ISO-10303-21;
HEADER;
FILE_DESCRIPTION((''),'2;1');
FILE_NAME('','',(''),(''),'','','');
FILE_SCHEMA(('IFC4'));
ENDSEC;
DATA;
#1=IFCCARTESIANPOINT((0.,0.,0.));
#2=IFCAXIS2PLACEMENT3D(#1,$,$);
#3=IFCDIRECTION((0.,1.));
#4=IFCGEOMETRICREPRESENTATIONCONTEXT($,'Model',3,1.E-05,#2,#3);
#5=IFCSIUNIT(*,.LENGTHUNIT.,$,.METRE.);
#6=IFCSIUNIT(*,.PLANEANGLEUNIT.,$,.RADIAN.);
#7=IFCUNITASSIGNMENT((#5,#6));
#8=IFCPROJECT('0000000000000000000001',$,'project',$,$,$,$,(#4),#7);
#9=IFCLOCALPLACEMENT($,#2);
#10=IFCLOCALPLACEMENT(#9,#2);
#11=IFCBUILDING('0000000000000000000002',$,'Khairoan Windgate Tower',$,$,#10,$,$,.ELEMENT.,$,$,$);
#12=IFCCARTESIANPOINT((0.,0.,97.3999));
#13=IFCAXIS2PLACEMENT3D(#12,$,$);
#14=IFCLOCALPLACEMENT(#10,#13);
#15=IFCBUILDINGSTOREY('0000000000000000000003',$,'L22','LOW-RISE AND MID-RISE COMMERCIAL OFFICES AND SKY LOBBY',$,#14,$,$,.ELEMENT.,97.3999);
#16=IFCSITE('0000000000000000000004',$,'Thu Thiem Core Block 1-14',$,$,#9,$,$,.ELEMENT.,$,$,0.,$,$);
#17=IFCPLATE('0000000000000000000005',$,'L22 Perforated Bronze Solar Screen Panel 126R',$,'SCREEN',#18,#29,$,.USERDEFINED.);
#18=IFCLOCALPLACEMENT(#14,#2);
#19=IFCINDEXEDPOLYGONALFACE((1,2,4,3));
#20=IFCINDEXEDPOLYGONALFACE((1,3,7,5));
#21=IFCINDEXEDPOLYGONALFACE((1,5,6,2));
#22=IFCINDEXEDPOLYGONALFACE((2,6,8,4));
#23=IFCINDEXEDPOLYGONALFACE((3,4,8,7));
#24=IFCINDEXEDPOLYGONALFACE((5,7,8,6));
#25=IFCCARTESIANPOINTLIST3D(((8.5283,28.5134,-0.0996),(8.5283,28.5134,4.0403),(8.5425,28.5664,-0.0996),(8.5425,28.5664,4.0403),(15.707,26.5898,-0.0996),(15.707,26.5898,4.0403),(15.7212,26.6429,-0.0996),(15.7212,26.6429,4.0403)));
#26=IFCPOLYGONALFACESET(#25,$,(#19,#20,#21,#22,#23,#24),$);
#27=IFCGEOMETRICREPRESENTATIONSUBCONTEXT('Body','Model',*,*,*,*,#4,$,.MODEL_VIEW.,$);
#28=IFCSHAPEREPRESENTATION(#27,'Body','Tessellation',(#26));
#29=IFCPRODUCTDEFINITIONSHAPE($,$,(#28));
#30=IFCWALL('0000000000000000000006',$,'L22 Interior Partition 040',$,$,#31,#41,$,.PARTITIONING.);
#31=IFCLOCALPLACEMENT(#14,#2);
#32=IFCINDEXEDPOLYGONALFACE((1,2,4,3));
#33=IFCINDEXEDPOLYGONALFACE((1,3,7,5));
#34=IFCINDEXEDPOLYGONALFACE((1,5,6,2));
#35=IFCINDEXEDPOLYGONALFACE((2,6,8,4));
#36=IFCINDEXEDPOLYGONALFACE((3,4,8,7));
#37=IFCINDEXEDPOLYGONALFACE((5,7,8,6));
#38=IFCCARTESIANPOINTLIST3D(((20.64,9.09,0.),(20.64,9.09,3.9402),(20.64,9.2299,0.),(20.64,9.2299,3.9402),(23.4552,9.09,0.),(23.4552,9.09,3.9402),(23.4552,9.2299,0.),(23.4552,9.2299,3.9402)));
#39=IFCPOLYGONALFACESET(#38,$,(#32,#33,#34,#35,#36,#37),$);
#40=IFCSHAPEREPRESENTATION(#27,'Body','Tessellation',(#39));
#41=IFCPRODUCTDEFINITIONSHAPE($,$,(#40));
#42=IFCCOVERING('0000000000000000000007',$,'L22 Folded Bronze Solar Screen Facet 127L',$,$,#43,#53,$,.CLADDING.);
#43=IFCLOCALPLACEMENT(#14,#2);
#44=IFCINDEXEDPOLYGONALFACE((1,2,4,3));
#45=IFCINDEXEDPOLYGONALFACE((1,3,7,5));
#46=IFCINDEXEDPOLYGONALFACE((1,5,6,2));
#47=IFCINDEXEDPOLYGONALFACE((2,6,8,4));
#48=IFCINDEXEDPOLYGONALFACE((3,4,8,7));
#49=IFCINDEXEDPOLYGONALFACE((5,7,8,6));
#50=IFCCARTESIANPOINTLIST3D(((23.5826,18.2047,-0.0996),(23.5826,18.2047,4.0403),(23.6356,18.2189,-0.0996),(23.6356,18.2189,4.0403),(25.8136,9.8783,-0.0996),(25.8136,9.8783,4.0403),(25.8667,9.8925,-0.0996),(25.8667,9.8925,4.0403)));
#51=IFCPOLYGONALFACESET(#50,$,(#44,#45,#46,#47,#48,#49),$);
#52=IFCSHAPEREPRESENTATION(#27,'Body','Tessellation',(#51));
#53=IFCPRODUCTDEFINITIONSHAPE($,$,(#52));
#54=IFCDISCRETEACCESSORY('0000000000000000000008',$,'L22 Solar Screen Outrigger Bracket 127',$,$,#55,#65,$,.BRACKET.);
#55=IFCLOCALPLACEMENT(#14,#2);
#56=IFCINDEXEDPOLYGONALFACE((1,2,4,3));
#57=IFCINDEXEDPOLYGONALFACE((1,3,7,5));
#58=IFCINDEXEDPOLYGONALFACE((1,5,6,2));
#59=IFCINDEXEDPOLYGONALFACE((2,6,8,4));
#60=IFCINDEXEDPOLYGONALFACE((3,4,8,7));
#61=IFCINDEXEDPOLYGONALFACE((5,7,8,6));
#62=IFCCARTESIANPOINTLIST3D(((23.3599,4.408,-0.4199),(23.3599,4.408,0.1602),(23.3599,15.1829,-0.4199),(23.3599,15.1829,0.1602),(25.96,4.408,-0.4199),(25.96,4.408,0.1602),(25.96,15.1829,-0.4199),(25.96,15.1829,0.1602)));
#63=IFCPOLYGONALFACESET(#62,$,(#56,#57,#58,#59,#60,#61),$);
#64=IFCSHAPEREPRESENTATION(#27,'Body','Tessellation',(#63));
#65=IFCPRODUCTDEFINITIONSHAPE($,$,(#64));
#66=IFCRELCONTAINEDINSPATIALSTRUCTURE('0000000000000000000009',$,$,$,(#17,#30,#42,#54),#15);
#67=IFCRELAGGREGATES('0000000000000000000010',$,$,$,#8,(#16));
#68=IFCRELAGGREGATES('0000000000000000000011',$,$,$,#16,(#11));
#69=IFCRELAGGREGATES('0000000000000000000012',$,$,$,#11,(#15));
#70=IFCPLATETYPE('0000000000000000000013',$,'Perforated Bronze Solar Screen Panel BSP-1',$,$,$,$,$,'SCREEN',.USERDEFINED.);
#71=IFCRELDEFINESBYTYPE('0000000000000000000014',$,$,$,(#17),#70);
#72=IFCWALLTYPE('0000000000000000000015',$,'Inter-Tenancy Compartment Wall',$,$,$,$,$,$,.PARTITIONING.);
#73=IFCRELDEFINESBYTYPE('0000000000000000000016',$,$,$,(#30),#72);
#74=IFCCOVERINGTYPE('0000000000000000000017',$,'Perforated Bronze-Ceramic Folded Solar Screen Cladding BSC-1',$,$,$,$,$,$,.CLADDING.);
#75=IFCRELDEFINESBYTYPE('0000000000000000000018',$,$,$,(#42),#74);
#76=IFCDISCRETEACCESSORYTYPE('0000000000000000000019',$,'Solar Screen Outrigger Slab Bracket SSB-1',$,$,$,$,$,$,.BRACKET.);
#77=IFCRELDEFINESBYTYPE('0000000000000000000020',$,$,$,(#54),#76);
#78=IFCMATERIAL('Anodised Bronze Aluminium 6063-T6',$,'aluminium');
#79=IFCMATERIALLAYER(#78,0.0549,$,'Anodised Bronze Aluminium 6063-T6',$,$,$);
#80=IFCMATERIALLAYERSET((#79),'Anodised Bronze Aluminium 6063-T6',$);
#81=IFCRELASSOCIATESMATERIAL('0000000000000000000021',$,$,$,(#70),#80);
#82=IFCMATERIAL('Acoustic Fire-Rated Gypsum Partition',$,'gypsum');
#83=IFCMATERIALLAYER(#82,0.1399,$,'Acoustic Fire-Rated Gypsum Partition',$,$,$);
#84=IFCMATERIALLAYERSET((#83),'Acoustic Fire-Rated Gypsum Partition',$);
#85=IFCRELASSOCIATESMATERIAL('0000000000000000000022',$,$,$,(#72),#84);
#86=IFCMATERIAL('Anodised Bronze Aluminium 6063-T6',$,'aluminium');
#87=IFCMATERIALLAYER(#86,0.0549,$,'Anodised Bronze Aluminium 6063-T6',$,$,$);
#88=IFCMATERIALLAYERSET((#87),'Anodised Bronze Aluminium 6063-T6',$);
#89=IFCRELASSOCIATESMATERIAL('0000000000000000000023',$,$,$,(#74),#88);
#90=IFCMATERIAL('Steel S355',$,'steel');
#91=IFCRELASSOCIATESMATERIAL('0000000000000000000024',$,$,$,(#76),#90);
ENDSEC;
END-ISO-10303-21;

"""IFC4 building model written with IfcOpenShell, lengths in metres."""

from ifc_helpers import new_model, si_unit, direction, frame, frame_2d, origin, origin_2d, place, context, subcontext, project, spatial, rectangle, extrude, material, layer, layer_set, type_object, element, save


model = new_model("IFC4")

# Units and contexts
model_context = context("Model", 3, precision=1e-05, world=origin(), true_north=direction((0.0, 1.0)))
body_context = subcontext(model_context, "Body", "Model", "MODEL_VIEW")
ifc_project = project(units=[si_unit("LENGTHUNIT", "METRE"), si_unit("PLANEANGLEUNIT", "RADIAN")], contexts=[model_context])

# Site, building, storey
site_placement = place(None, origin())
site = spatial("IfcSite", under=ifc_project, at=site_placement, Name="Thu Thiem Core Block 1-14", CompositionType="ELEMENT", RefElevation=0.0)
building_placement = place(site_placement, origin())
building = spatial("IfcBuilding", under=site, at=building_placement, Name="Khairoan Windgate Tower", CompositionType="ELEMENT")
storey_placement = place(building_placement, frame((0.0, 0.0, 97.3999)))
storey = spatial("IfcBuildingStorey", under=building, at=storey_placement, Name="L22", Description="LOW-RISE AND MID-RISE COMMERCIAL OFFICES AND SKY LOBBY", CompositionType="ELEMENT", Elevation=97.3999)

# Plate
ifc_material_1 = material(Name="Anodised Bronze Aluminium 6063-T6", Category="aluminium")
ifc_layer_1 = layer(ifc_material_1, 0.0549, Name="Anodised Bronze Aluminium 6063-T6")
ifc_layer_set_1 = layer_set([ifc_layer_1], Name="Anodised Bronze Aluminium 6063-T6")
plate_type_1 = type_object("IfcPlateType", Name="Perforated Bronze Solar Screen Panel BSP-1", ElementType="SCREEN", PredefinedType="USERDEFINED", material=ifc_layer_set_1)
plate_1_placement = place(storey_placement, frame((12.1248, 27.5781, -0.0996), z_axis=(0.0, 0.0, 1.0), x_axis=(0.965926, -0.258819, 0.0)))
element("IfcPlate", 1, at=plate_1_placement, inside=storey, type_object=plate_type_1, Name="L22 Perforated Bronze Solar Screen Panel 126R", ObjectType="SCREEN", PredefinedType="USERDEFINED", context=body_context, shape_type="SweptSolid", body=[
    extrude(rectangle(XDim=7.4319, YDim=0.0549, at=origin_2d()), origin(), (0.0, 0.0, 1.0), 4.1399),
])

# Wall
ifc_material_2 = material(Name="Acoustic Fire-Rated Gypsum Partition", Category="gypsum")
ifc_layer_2 = layer(ifc_material_2, 0.1399, Name="Acoustic Fire-Rated Gypsum Partition")
ifc_layer_set_2 = layer_set([ifc_layer_2], Name="Acoustic Fire-Rated Gypsum Partition")
wall_type_1 = type_object("IfcWallType", Name="Inter-Tenancy Compartment Wall", PredefinedType="PARTITIONING", material=ifc_layer_set_2)
wall_1_placement = place(storey_placement, frame((20.6399, 9.1599, 0.0), z_axis=(0.0, 0.0, 1.0), x_axis=(1.0, 0.0, 0.0)))
element("IfcWall", 2, at=wall_1_placement, inside=storey, type_object=wall_type_1, Name="L22 Interior Partition 040", PredefinedType="PARTITIONING", context=body_context, shape_type="SweptSolid", body=[
    extrude(rectangle(XDim=2.8152, YDim=0.1399, at=frame_2d((1.4077, 0.0))), origin(), (0.0, 0.0, 1.0), 3.9402),
])

# Covering
ifc_material_3 = material(Name="Anodised Bronze Aluminium 6063-T6", Category="aluminium")
ifc_layer_3 = layer(ifc_material_3, 0.0549, Name="Anodised Bronze Aluminium 6063-T6")
ifc_layer_set_3 = layer_set([ifc_layer_3], Name="Anodised Bronze Aluminium 6063-T6")
covering_type = type_object("IfcCoveringType", Name="Perforated Bronze-Ceramic Folded Solar Screen Cladding BSC-1", PredefinedType="CLADDING", material=ifc_layer_set_3)
covering_placement = place(storey_placement, frame((24.7246, 14.0486, -0.0996), z_axis=(0.0, 0.0, 1.0), x_axis=(0.258819, -0.965926, 0.0)))
element("IfcCovering", 3, at=covering_placement, inside=storey, type_object=covering_type, Name="L22 Folded Bronze Solar Screen Facet 127L", PredefinedType="CLADDING", context=body_context, shape_type="SweptSolid", body=[
    extrude(rectangle(XDim=8.6201, YDim=0.0549, at=origin_2d()), origin(), (0.0, 0.0, 1.0), 4.1399),
])

# Discrete accessory
ifc_material_4 = material(Name="Steel S355", Category="steel")
discrete_accessory_type = type_object("IfcDiscreteAccessoryType", Name="Solar Screen Outrigger Slab Bracket SSB-1", PredefinedType="BRACKET", material=ifc_material_4)
discrete_accessory_placement = place(storey_placement, frame((24.6599, 9.7954, -0.4199), z_axis=(0.0, 0.0, 1.0), x_axis=(0.0, -1.0, 0.0)))
element("IfcDiscreteAccessory", 4, at=discrete_accessory_placement, inside=storey, type_object=discrete_accessory_type, Name="L22 Solar Screen Outrigger Bracket 127", PredefinedType="BRACKET", context=body_context, shape_type="SweptSolid", body=[
    extrude(rectangle(XDim=10.7749, YDim=2.6001, at=origin_2d()), origin(), (0.0, 0.0, 1.0), 0.5801),
])

save(model, "model.ifc")
